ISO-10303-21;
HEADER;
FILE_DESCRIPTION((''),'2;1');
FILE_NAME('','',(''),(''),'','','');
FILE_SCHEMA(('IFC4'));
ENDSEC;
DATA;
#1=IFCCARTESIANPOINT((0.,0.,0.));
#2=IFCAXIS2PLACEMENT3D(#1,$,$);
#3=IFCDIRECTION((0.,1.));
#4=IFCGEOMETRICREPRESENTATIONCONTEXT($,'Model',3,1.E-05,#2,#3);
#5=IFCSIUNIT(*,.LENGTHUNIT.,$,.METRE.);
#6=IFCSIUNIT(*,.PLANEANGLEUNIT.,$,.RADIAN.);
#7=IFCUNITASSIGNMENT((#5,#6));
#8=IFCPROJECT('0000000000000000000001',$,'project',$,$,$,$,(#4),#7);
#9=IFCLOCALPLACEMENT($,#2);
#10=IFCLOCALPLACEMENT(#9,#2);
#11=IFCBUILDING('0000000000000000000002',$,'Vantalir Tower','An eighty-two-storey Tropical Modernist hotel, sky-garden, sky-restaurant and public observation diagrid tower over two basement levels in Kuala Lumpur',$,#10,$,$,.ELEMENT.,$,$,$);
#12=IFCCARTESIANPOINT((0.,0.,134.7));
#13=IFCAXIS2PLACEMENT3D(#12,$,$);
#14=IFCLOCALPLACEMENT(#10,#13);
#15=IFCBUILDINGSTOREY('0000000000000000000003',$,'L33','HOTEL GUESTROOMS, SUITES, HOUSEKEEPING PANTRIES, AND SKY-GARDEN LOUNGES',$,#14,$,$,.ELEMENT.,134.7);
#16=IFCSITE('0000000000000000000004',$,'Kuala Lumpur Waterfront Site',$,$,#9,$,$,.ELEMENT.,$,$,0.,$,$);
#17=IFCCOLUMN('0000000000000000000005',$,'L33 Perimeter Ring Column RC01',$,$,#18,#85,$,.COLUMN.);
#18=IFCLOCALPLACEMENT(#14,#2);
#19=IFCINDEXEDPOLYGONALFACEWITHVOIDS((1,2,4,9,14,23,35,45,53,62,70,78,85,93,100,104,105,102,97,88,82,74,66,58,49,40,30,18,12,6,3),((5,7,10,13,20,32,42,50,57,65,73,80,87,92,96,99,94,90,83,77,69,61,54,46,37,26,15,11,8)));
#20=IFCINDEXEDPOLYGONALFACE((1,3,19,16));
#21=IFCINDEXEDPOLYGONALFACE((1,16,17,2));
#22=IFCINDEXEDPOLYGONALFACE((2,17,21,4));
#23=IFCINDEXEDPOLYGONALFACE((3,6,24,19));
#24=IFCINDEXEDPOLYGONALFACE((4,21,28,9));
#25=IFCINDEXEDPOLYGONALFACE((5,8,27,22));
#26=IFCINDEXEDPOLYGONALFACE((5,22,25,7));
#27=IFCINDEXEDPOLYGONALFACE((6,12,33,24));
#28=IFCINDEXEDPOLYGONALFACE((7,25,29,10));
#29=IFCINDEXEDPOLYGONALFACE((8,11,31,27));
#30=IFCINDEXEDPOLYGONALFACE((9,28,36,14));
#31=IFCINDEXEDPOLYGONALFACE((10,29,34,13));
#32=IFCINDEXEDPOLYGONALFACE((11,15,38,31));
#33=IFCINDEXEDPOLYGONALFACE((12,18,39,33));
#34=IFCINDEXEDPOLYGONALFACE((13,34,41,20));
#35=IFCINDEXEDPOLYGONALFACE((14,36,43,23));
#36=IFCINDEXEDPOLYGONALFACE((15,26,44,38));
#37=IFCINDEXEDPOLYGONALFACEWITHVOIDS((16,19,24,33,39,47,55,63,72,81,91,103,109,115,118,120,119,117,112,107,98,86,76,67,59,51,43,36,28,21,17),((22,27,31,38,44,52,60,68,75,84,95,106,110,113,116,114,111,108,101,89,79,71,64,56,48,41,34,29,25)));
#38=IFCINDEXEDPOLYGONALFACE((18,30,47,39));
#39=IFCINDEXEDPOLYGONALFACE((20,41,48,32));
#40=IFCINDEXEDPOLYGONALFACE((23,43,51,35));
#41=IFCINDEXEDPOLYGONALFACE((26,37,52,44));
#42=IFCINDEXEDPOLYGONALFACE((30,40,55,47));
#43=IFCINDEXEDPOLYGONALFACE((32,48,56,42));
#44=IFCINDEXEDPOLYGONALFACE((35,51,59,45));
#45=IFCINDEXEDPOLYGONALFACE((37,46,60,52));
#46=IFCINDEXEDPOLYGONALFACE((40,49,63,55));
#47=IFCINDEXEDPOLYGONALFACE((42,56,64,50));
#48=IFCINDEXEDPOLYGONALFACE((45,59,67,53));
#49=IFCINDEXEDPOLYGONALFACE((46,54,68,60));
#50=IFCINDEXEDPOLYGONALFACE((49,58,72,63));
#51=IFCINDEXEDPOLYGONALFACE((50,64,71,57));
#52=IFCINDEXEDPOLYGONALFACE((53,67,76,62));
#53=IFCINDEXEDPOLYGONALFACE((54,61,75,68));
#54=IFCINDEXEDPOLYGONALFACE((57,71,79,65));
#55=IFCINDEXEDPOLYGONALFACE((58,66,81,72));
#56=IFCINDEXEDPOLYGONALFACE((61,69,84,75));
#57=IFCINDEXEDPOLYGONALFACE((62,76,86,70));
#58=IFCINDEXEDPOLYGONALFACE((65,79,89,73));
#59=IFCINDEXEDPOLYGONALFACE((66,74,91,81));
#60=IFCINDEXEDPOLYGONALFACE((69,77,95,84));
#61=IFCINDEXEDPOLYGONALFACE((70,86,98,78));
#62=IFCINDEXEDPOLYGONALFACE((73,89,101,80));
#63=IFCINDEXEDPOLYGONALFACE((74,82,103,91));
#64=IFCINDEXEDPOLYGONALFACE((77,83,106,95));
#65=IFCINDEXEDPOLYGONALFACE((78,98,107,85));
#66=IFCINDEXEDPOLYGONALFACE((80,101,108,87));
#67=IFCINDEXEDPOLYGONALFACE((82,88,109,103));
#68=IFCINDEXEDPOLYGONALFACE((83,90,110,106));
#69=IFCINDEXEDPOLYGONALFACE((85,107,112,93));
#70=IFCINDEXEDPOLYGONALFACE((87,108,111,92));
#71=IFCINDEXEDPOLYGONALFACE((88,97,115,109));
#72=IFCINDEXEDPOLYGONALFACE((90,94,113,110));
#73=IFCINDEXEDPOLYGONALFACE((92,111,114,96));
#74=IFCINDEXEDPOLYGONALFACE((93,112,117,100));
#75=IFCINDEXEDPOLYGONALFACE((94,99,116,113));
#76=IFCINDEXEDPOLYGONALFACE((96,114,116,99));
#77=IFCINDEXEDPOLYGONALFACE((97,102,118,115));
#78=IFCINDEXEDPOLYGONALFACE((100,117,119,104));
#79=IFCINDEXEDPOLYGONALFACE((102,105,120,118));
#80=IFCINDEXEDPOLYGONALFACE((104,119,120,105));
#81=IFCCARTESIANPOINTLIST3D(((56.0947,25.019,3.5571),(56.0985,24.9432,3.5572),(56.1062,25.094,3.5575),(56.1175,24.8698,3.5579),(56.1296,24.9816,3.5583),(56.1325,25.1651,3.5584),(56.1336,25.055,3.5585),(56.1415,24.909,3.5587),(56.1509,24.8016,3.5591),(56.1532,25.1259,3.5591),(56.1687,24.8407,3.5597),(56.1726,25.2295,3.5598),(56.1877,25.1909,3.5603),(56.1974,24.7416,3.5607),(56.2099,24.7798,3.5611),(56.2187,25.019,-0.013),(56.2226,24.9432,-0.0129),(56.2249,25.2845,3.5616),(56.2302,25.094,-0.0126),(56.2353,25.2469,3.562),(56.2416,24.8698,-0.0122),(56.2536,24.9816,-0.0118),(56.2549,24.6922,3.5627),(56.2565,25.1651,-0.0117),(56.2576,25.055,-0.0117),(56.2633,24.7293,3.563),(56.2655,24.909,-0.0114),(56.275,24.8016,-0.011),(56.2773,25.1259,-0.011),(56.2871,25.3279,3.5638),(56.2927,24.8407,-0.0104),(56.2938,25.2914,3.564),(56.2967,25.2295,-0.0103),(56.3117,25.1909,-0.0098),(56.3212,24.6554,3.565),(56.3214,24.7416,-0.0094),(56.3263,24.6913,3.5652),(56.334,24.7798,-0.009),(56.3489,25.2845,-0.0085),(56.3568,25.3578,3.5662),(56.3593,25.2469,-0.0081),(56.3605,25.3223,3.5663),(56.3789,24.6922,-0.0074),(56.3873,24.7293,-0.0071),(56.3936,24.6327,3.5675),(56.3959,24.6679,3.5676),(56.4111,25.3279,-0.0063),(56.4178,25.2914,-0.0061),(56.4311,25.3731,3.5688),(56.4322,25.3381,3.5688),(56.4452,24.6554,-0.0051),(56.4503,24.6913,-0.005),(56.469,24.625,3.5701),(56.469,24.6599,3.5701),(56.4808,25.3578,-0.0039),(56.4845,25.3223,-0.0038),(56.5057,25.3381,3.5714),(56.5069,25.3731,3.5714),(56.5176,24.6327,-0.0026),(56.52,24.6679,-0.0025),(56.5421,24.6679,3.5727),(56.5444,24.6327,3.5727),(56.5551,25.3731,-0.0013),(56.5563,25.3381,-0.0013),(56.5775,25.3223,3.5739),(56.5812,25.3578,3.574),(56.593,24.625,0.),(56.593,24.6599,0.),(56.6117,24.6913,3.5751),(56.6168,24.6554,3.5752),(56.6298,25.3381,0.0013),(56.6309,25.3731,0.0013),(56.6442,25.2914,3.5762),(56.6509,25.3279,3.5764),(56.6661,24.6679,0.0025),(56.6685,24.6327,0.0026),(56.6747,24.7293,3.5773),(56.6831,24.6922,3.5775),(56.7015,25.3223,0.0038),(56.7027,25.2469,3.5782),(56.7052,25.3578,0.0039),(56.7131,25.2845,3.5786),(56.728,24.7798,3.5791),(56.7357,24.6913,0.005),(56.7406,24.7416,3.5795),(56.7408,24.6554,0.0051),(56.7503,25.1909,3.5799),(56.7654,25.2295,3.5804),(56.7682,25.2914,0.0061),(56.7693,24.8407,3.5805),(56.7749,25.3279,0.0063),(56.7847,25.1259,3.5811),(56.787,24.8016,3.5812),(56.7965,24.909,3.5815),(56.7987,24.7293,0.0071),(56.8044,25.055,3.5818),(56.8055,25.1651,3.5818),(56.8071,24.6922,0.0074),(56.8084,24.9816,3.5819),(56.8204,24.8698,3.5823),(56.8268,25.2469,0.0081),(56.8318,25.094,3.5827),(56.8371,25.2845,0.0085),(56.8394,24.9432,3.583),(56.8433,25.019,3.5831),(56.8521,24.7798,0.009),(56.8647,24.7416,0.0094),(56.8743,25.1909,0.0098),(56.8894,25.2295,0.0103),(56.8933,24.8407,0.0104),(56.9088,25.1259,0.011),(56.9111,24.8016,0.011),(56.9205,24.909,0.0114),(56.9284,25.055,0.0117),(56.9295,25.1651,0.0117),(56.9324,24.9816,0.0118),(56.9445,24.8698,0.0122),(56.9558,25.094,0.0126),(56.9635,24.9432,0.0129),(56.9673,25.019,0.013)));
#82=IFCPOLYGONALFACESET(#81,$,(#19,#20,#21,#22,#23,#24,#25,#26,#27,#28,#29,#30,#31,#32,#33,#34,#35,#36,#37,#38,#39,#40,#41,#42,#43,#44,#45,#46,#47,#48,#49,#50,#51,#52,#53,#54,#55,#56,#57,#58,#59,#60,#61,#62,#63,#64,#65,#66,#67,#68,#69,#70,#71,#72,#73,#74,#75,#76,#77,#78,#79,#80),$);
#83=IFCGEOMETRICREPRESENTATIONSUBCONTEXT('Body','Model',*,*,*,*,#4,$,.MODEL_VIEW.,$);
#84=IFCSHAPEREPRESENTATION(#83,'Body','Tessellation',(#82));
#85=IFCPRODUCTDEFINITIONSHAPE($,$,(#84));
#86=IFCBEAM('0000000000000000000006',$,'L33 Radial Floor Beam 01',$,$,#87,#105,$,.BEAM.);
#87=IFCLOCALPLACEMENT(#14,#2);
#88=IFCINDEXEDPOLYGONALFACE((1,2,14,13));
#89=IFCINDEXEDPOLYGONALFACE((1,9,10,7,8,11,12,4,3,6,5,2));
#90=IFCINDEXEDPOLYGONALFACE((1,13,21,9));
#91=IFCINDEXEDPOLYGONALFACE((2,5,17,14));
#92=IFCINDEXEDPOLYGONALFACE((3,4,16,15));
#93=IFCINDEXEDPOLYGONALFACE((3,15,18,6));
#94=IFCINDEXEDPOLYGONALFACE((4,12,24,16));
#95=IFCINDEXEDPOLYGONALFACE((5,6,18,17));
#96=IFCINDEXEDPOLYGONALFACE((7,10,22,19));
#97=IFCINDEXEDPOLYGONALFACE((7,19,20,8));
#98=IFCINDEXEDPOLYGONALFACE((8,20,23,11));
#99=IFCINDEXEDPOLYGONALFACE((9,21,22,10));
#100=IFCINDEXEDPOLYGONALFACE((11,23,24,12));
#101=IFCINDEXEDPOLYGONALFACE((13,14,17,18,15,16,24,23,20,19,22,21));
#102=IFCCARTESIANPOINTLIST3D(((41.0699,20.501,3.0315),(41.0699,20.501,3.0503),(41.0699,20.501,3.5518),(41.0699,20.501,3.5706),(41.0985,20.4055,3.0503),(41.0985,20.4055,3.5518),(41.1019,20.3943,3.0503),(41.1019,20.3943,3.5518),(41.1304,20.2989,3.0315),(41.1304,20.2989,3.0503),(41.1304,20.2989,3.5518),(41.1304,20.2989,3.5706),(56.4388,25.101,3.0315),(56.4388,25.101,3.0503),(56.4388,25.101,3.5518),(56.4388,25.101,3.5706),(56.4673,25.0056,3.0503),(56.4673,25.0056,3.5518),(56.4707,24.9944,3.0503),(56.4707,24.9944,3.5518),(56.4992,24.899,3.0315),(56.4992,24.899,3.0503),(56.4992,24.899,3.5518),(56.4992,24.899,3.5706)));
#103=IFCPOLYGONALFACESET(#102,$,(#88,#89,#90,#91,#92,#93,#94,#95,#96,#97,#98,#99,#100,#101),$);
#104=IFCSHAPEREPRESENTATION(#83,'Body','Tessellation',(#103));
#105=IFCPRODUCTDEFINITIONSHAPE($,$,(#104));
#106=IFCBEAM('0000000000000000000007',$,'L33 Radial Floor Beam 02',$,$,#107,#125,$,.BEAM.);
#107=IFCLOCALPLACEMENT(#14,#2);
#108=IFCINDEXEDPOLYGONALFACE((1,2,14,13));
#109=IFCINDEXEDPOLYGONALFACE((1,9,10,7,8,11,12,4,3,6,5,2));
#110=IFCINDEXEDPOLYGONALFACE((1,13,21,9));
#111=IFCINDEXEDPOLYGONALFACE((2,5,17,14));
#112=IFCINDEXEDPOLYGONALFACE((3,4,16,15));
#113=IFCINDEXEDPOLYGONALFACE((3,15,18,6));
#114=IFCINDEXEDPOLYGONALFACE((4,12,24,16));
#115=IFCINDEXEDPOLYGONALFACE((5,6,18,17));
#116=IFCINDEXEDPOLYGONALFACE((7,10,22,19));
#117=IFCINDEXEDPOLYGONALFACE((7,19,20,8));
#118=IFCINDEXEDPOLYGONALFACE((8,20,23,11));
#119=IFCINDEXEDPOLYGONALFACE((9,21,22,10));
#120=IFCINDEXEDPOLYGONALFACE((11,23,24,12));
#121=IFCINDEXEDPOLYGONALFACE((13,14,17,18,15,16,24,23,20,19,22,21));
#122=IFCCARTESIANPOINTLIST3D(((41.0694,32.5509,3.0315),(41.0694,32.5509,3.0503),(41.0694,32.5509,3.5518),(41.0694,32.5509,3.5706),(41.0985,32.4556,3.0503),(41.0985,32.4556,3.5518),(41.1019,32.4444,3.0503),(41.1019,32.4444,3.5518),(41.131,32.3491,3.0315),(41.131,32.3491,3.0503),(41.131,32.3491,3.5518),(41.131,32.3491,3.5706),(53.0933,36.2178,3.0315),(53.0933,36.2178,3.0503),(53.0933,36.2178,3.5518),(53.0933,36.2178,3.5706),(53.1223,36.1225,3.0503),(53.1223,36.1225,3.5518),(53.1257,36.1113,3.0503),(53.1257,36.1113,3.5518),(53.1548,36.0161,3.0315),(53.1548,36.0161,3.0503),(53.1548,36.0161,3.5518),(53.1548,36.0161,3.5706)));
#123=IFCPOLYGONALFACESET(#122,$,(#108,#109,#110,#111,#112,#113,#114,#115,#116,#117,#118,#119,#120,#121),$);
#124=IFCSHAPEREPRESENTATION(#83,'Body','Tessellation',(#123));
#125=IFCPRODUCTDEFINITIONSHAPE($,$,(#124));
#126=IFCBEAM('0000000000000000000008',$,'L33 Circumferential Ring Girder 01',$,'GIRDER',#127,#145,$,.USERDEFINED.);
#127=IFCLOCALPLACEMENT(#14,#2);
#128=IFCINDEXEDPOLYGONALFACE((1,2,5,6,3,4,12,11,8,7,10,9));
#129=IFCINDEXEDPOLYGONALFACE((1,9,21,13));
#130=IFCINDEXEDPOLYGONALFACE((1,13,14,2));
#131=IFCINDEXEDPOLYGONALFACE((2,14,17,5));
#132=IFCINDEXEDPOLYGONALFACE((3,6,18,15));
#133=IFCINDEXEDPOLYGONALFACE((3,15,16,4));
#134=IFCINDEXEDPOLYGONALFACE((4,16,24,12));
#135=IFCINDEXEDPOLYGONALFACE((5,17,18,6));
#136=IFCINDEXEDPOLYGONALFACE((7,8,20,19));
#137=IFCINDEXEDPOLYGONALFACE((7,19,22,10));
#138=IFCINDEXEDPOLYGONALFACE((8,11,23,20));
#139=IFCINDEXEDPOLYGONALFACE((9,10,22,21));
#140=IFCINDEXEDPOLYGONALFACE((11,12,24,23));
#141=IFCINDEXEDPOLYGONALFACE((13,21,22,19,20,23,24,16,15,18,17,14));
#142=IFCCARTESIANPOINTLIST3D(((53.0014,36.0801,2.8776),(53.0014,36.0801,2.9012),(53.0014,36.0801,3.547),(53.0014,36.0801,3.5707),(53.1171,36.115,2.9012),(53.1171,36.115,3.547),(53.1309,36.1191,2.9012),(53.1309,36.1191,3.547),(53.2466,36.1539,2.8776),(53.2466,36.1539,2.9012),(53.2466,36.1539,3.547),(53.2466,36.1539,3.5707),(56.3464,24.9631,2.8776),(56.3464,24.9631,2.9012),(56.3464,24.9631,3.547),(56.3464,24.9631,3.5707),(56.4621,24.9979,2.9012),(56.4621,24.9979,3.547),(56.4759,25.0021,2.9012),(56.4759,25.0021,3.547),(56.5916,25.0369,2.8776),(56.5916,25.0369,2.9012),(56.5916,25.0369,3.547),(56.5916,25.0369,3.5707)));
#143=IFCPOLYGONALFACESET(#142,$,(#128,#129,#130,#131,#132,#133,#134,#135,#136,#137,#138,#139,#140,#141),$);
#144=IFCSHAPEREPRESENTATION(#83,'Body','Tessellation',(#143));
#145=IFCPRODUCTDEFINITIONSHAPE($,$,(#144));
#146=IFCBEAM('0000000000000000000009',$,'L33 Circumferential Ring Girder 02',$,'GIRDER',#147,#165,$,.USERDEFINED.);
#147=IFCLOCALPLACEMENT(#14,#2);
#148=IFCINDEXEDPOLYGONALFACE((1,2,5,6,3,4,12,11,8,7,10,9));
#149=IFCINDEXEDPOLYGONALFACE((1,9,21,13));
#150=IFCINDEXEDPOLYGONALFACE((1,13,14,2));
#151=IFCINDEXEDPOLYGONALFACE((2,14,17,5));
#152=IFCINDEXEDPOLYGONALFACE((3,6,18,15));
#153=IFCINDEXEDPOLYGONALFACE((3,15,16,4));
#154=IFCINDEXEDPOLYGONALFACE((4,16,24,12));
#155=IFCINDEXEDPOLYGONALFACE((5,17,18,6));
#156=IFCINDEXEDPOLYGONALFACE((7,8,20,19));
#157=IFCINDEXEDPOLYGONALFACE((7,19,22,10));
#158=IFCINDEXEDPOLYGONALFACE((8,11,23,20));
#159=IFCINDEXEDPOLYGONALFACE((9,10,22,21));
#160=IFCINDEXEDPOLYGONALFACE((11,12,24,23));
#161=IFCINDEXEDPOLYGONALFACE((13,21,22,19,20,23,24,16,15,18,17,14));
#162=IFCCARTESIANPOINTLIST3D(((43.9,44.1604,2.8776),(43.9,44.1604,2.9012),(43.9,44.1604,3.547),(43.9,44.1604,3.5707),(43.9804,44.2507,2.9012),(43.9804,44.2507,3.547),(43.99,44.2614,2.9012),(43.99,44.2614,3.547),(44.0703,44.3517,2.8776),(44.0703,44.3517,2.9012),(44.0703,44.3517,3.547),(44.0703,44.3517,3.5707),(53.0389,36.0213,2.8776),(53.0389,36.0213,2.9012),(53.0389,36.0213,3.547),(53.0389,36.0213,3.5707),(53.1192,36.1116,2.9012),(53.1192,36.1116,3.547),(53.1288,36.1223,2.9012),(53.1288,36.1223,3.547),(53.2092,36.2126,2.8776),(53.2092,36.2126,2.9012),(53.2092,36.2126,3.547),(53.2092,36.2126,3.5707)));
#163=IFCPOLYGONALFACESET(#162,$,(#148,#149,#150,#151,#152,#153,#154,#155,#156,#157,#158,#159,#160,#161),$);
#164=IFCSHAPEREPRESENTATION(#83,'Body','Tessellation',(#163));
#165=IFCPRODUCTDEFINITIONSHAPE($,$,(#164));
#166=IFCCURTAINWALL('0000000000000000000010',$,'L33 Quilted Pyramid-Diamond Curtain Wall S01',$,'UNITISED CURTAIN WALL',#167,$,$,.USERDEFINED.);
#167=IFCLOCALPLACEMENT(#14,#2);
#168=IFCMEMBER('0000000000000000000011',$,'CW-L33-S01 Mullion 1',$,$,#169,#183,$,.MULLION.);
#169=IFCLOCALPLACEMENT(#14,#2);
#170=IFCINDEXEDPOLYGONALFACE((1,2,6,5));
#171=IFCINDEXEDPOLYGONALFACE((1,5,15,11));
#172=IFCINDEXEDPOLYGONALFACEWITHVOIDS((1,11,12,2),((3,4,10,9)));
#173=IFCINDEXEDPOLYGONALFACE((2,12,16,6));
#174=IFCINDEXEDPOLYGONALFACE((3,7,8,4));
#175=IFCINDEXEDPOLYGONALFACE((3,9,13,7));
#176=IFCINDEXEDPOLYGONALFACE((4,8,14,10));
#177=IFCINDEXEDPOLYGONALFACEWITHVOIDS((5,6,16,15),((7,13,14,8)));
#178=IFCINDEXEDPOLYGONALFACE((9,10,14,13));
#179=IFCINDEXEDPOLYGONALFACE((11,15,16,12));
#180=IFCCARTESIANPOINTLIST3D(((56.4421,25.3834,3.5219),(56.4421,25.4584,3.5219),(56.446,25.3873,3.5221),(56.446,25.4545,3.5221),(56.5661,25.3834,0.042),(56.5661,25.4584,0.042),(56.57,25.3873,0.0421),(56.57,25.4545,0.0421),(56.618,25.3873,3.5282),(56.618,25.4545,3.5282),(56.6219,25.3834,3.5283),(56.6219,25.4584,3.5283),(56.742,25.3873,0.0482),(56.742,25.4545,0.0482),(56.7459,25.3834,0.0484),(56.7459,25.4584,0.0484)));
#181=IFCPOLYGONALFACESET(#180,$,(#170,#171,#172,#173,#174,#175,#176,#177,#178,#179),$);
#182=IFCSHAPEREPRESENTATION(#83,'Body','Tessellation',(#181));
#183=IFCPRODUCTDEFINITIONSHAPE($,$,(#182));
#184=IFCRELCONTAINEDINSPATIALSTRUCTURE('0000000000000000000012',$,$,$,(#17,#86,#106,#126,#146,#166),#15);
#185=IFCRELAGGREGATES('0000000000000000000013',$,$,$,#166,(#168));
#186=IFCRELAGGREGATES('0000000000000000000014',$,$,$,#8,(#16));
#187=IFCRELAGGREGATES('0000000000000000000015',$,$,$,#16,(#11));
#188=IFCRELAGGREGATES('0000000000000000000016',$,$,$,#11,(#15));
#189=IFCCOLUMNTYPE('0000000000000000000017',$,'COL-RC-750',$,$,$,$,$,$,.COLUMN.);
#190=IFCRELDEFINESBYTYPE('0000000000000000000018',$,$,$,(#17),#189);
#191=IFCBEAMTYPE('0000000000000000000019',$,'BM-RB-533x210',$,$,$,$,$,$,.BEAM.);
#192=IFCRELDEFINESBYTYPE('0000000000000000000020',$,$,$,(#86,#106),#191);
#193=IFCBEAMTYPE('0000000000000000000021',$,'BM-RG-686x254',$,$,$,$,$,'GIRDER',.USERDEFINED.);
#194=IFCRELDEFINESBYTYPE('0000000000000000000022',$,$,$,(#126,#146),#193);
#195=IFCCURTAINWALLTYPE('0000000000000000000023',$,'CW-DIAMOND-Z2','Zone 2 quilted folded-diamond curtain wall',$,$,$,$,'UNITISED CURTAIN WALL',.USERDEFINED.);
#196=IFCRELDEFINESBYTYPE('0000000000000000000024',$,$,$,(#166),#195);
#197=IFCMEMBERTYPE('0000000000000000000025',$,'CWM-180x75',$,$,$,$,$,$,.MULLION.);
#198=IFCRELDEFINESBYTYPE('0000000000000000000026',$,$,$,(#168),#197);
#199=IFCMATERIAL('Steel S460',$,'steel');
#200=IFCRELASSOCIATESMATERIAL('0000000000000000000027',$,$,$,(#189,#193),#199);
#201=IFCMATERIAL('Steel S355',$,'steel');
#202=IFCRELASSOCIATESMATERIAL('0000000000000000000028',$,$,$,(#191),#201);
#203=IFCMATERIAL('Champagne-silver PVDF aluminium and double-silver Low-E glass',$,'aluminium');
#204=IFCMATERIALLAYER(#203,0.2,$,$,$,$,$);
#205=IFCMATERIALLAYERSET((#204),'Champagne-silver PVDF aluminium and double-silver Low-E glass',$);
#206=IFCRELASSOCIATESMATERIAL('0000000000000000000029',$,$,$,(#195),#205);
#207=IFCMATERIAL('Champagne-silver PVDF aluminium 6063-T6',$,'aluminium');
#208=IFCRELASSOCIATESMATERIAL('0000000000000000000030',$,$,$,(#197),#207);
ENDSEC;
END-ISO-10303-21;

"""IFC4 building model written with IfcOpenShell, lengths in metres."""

from ifc_helpers import new_model, si_unit, direction, frame, origin, origin_2d, place, context, subcontext, project, spatial, hollow_rectangle, hollow_circle, i_section, extrude, material, layer, layer_set, material_profile, profile_set, type_object, element, aggregate, save


model = new_model("IFC4")

# Units and contexts
model_context = context("Model", 3, precision=1e-05, world=origin(), true_north=direction((0.0, 1.0)))
body_context = subcontext(model_context, "Body", "Model", "MODEL_VIEW")
ifc_project = project(units=[si_unit("LENGTHUNIT", "METRE"), si_unit("PLANEANGLEUNIT", "RADIAN")], contexts=[model_context])

# Site, building, storey
site_placement = place(None, origin())
site = spatial("IfcSite", under=ifc_project, at=site_placement, Name="Kuala Lumpur Waterfront Site", CompositionType="ELEMENT", RefElevation=0.0)
building_placement = place(site_placement, origin())
building = spatial("IfcBuilding", under=site, at=building_placement, Name="Vantalir Tower", Description="An eighty-two-storey Tropical Modernist hotel, sky-garden, sky-restaurant and public observation diagrid tower over two basement levels in Kuala Lumpur", CompositionType="ELEMENT")
storey_placement = place(building_placement, frame((0.0, 0.0, 134.7)))
storey = spatial("IfcBuildingStorey", under=building, at=storey_placement, Name="L33", Description="HOTEL GUESTROOMS, SUITES, HOUSEKEEPING PANTRIES, AND SKY-GARDEN LOUNGES", CompositionType="ELEMENT", Elevation=134.7)

# Column
ifc_material_1 = material(Name="Steel S460", Category="steel")
ifc_material_profile_1 = material_profile(ifc_material_1, hollow_circle(Radius=0.375, WallThickness=0.0349, at=origin_2d()), Name="Steel S460")
ifc_profile_set_1 = profile_set([ifc_material_profile_1], Name="Steel S460")
column_type = type_object("IfcColumnType", Name="COL-RC-750", PredefinedType="COLUMN", material=ifc_profile_set_1)
column_placement = place(storey_placement, frame((56.593, 25.0, 0.0), z_axis=(-0.034719, 0.0, 0.999397), x_axis=(0.0, -1.0, 0.0)))
element("IfcColumn", 1, at=column_placement, inside=storey, type_object=column_type, Name="L33 Perimeter Ring Column RC01", PredefinedType="COLUMN", context=body_context, shape_type="SweptSolid", body=[
    extrude(hollow_circle(Radius=0.375, WallThickness=0.0349, at=origin_2d()), origin(), (0.0, 0.0, 1.0), 3.5723),
])

# Beams
ifc_material_2 = material(Name="Steel S355", Category="steel")
ifc_material_profile_2 = material_profile(ifc_material_2, i_section(OverallWidth=0.2109, OverallDepth=0.5391, WebThickness=0.0117, FlangeThickness=0.0188, at=origin_2d()), Name="Steel S355")
ifc_profile_set_2 = profile_set([ifc_material_profile_2], Name="Steel S355")
beam_type_1 = type_object("IfcBeamType", Name="BM-RB-533x210", PredefinedType="BEAM", material=ifc_profile_set_2)
beam_1_placement = place(storey_placement, frame((56.469, 25.0, 3.301), z_axis=(-0.958007, -0.286743, 0.0), x_axis=(0.286743, -0.958007, 0.0)))
element("IfcBeam", 2, at=beam_1_placement, inside=storey, type_object=beam_type_1, Name="L33 Radial Floor Beam 01", PredefinedType="BEAM", context=body_context, shape_type="SweptSolid", body=[
    extrude(i_section(OverallWidth=0.2109, OverallDepth=0.5391, WebThickness=0.0117, FlangeThickness=0.0188, at=origin_2d()), origin(), (0.0, 0.0, 1.0), 16.0425),
])
beam_2_placement = place(storey_placement, frame((53.124, 36.1169, 3.301), z_axis=(-0.956507, -0.29171, 0.0), x_axis=(0.29171, -0.956507, 0.0)))
element("IfcBeam", 3, at=beam_2_placement, inside=storey, type_object=beam_type_1, Name="L33 Radial Floor Beam 02", PredefinedType="BEAM", context=body_context, shape_type="SweptSolid", body=[
    extrude(i_section(OverallWidth=0.2109, OverallDepth=0.5391, WebThickness=0.0117, FlangeThickness=0.0188, at=origin_2d()), origin(), (0.0, 0.0, 1.0), 12.5706),
])
ifc_material_profile_3 = material_profile(ifc_material_1, i_section(OverallWidth=0.2561, OverallDepth=0.6931, WebThickness=0.0144, FlangeThickness=0.0237, at=origin_2d()), Name="Steel S460")
ifc_profile_set_3 = profile_set([ifc_material_profile_3], Name="Steel S460")
beam_type_2 = type_object("IfcBeamType", Name="BM-RG-686x254", ElementType="GIRDER", PredefinedType="USERDEFINED", material=ifc_profile_set_3)
beam_3_placement = place(storey_placement, frame((56.469, 25.0, 3.2241), z_axis=(-0.288129, 0.957592, 0.0), x_axis=(-0.957592, -0.288129, 0.0)))
element("IfcBeam", 4, at=beam_3_placement, inside=storey, type_object=beam_type_2, Name="L33 Circumferential Ring Girder 01", ObjectType="GIRDER", PredefinedType="USERDEFINED", context=body_context, shape_type="SweptSolid", body=[
    extrude(i_section(OverallWidth=0.2561, OverallDepth=0.6931, WebThickness=0.0144, FlangeThickness=0.0237, at=origin_2d()), origin(), (0.0, 0.0, 1.0), 11.6094),
])
beam_4_placement = place(storey_placement, frame((53.124, 36.1169, 3.2241), z_axis=(-0.746773, 0.665079, 0.0), x_axis=(-0.665079, -0.746773, 0.0)))
element("IfcBeam", 5, at=beam_4_placement, inside=storey, type_object=beam_type_2, Name="L33 Circumferential Ring Girder 02", ObjectType="GIRDER", PredefinedType="USERDEFINED", context=body_context, shape_type="SweptSolid", body=[
    extrude(i_section(OverallWidth=0.2561, OverallDepth=0.6931, WebThickness=0.0144, FlangeThickness=0.0237, at=origin_2d()), origin(), (0.0, 0.0, 1.0), 12.2378),
])

# Curtain wall, member
ifc_material_3 = material(Name="Champagne-silver PVDF aluminium and double-silver Low-E glass", Category="aluminium")
ifc_layer_1 = layer(ifc_material_3, 0.2)
ifc_layer_set_1 = layer_set([ifc_layer_1], Name="Champagne-silver PVDF aluminium and double-silver Low-E glass")
curtain_wall_type = type_object("IfcCurtainWallType", Name="CW-DIAMOND-Z2", Description="Zone 2 quilted folded-diamond curtain wall", ElementType="UNITISED CURTAIN WALL", PredefinedType="USERDEFINED", material=ifc_layer_set_1)
curtain_wall_placement = place(storey_placement, origin())
curtain_wall = element("IfcCurtainWall", 6, at=curtain_wall_placement, inside=storey, type_object=curtain_wall_type, Name="L33 Quilted Pyramid-Diamond Curtain Wall S01", ObjectType="UNITISED CURTAIN WALL", PredefinedType="USERDEFINED")
ifc_material_4 = material(Name="Champagne-silver PVDF aluminium 6063-T6", Category="aluminium")
ifc_material_profile_4 = material_profile(ifc_material_4, hollow_rectangle(XDim=0.075, YDim=0.1799, WallThickness=0.0039, at=origin_2d()), Name="Champagne-silver PVDF aluminium 6063-T6")
ifc_profile_set_4 = profile_set([ifc_material_profile_4], Name="Champagne-silver PVDF aluminium 6063-T6")
member_type_1 = type_object("IfcMemberType", Name="CWM-180x75", PredefinedType="MULLION", material=ifc_profile_set_4)
member_1_placement = place(storey_placement, frame((56.656, 25.4209, 0.0452), z_axis=(-0.035617, 0.0, 0.999366), x_axis=(0.0, -1.0, 0.0)))
member_1 = element("IfcMember", 7, at=member_1_placement, type_object=member_type_1, Name="CW-L33-S01 Mullion 1", PredefinedType="MULLION", context=body_context, shape_type="SweptSolid", body=[
    extrude(hollow_rectangle(XDim=0.075, YDim=0.1799, WallThickness=0.0039, at=origin_2d()), origin(), (0.0, 0.0, 1.0), 3.4822),
])

aggregate(curtain_wall, [member_1])

save(model, "model.ifc")
